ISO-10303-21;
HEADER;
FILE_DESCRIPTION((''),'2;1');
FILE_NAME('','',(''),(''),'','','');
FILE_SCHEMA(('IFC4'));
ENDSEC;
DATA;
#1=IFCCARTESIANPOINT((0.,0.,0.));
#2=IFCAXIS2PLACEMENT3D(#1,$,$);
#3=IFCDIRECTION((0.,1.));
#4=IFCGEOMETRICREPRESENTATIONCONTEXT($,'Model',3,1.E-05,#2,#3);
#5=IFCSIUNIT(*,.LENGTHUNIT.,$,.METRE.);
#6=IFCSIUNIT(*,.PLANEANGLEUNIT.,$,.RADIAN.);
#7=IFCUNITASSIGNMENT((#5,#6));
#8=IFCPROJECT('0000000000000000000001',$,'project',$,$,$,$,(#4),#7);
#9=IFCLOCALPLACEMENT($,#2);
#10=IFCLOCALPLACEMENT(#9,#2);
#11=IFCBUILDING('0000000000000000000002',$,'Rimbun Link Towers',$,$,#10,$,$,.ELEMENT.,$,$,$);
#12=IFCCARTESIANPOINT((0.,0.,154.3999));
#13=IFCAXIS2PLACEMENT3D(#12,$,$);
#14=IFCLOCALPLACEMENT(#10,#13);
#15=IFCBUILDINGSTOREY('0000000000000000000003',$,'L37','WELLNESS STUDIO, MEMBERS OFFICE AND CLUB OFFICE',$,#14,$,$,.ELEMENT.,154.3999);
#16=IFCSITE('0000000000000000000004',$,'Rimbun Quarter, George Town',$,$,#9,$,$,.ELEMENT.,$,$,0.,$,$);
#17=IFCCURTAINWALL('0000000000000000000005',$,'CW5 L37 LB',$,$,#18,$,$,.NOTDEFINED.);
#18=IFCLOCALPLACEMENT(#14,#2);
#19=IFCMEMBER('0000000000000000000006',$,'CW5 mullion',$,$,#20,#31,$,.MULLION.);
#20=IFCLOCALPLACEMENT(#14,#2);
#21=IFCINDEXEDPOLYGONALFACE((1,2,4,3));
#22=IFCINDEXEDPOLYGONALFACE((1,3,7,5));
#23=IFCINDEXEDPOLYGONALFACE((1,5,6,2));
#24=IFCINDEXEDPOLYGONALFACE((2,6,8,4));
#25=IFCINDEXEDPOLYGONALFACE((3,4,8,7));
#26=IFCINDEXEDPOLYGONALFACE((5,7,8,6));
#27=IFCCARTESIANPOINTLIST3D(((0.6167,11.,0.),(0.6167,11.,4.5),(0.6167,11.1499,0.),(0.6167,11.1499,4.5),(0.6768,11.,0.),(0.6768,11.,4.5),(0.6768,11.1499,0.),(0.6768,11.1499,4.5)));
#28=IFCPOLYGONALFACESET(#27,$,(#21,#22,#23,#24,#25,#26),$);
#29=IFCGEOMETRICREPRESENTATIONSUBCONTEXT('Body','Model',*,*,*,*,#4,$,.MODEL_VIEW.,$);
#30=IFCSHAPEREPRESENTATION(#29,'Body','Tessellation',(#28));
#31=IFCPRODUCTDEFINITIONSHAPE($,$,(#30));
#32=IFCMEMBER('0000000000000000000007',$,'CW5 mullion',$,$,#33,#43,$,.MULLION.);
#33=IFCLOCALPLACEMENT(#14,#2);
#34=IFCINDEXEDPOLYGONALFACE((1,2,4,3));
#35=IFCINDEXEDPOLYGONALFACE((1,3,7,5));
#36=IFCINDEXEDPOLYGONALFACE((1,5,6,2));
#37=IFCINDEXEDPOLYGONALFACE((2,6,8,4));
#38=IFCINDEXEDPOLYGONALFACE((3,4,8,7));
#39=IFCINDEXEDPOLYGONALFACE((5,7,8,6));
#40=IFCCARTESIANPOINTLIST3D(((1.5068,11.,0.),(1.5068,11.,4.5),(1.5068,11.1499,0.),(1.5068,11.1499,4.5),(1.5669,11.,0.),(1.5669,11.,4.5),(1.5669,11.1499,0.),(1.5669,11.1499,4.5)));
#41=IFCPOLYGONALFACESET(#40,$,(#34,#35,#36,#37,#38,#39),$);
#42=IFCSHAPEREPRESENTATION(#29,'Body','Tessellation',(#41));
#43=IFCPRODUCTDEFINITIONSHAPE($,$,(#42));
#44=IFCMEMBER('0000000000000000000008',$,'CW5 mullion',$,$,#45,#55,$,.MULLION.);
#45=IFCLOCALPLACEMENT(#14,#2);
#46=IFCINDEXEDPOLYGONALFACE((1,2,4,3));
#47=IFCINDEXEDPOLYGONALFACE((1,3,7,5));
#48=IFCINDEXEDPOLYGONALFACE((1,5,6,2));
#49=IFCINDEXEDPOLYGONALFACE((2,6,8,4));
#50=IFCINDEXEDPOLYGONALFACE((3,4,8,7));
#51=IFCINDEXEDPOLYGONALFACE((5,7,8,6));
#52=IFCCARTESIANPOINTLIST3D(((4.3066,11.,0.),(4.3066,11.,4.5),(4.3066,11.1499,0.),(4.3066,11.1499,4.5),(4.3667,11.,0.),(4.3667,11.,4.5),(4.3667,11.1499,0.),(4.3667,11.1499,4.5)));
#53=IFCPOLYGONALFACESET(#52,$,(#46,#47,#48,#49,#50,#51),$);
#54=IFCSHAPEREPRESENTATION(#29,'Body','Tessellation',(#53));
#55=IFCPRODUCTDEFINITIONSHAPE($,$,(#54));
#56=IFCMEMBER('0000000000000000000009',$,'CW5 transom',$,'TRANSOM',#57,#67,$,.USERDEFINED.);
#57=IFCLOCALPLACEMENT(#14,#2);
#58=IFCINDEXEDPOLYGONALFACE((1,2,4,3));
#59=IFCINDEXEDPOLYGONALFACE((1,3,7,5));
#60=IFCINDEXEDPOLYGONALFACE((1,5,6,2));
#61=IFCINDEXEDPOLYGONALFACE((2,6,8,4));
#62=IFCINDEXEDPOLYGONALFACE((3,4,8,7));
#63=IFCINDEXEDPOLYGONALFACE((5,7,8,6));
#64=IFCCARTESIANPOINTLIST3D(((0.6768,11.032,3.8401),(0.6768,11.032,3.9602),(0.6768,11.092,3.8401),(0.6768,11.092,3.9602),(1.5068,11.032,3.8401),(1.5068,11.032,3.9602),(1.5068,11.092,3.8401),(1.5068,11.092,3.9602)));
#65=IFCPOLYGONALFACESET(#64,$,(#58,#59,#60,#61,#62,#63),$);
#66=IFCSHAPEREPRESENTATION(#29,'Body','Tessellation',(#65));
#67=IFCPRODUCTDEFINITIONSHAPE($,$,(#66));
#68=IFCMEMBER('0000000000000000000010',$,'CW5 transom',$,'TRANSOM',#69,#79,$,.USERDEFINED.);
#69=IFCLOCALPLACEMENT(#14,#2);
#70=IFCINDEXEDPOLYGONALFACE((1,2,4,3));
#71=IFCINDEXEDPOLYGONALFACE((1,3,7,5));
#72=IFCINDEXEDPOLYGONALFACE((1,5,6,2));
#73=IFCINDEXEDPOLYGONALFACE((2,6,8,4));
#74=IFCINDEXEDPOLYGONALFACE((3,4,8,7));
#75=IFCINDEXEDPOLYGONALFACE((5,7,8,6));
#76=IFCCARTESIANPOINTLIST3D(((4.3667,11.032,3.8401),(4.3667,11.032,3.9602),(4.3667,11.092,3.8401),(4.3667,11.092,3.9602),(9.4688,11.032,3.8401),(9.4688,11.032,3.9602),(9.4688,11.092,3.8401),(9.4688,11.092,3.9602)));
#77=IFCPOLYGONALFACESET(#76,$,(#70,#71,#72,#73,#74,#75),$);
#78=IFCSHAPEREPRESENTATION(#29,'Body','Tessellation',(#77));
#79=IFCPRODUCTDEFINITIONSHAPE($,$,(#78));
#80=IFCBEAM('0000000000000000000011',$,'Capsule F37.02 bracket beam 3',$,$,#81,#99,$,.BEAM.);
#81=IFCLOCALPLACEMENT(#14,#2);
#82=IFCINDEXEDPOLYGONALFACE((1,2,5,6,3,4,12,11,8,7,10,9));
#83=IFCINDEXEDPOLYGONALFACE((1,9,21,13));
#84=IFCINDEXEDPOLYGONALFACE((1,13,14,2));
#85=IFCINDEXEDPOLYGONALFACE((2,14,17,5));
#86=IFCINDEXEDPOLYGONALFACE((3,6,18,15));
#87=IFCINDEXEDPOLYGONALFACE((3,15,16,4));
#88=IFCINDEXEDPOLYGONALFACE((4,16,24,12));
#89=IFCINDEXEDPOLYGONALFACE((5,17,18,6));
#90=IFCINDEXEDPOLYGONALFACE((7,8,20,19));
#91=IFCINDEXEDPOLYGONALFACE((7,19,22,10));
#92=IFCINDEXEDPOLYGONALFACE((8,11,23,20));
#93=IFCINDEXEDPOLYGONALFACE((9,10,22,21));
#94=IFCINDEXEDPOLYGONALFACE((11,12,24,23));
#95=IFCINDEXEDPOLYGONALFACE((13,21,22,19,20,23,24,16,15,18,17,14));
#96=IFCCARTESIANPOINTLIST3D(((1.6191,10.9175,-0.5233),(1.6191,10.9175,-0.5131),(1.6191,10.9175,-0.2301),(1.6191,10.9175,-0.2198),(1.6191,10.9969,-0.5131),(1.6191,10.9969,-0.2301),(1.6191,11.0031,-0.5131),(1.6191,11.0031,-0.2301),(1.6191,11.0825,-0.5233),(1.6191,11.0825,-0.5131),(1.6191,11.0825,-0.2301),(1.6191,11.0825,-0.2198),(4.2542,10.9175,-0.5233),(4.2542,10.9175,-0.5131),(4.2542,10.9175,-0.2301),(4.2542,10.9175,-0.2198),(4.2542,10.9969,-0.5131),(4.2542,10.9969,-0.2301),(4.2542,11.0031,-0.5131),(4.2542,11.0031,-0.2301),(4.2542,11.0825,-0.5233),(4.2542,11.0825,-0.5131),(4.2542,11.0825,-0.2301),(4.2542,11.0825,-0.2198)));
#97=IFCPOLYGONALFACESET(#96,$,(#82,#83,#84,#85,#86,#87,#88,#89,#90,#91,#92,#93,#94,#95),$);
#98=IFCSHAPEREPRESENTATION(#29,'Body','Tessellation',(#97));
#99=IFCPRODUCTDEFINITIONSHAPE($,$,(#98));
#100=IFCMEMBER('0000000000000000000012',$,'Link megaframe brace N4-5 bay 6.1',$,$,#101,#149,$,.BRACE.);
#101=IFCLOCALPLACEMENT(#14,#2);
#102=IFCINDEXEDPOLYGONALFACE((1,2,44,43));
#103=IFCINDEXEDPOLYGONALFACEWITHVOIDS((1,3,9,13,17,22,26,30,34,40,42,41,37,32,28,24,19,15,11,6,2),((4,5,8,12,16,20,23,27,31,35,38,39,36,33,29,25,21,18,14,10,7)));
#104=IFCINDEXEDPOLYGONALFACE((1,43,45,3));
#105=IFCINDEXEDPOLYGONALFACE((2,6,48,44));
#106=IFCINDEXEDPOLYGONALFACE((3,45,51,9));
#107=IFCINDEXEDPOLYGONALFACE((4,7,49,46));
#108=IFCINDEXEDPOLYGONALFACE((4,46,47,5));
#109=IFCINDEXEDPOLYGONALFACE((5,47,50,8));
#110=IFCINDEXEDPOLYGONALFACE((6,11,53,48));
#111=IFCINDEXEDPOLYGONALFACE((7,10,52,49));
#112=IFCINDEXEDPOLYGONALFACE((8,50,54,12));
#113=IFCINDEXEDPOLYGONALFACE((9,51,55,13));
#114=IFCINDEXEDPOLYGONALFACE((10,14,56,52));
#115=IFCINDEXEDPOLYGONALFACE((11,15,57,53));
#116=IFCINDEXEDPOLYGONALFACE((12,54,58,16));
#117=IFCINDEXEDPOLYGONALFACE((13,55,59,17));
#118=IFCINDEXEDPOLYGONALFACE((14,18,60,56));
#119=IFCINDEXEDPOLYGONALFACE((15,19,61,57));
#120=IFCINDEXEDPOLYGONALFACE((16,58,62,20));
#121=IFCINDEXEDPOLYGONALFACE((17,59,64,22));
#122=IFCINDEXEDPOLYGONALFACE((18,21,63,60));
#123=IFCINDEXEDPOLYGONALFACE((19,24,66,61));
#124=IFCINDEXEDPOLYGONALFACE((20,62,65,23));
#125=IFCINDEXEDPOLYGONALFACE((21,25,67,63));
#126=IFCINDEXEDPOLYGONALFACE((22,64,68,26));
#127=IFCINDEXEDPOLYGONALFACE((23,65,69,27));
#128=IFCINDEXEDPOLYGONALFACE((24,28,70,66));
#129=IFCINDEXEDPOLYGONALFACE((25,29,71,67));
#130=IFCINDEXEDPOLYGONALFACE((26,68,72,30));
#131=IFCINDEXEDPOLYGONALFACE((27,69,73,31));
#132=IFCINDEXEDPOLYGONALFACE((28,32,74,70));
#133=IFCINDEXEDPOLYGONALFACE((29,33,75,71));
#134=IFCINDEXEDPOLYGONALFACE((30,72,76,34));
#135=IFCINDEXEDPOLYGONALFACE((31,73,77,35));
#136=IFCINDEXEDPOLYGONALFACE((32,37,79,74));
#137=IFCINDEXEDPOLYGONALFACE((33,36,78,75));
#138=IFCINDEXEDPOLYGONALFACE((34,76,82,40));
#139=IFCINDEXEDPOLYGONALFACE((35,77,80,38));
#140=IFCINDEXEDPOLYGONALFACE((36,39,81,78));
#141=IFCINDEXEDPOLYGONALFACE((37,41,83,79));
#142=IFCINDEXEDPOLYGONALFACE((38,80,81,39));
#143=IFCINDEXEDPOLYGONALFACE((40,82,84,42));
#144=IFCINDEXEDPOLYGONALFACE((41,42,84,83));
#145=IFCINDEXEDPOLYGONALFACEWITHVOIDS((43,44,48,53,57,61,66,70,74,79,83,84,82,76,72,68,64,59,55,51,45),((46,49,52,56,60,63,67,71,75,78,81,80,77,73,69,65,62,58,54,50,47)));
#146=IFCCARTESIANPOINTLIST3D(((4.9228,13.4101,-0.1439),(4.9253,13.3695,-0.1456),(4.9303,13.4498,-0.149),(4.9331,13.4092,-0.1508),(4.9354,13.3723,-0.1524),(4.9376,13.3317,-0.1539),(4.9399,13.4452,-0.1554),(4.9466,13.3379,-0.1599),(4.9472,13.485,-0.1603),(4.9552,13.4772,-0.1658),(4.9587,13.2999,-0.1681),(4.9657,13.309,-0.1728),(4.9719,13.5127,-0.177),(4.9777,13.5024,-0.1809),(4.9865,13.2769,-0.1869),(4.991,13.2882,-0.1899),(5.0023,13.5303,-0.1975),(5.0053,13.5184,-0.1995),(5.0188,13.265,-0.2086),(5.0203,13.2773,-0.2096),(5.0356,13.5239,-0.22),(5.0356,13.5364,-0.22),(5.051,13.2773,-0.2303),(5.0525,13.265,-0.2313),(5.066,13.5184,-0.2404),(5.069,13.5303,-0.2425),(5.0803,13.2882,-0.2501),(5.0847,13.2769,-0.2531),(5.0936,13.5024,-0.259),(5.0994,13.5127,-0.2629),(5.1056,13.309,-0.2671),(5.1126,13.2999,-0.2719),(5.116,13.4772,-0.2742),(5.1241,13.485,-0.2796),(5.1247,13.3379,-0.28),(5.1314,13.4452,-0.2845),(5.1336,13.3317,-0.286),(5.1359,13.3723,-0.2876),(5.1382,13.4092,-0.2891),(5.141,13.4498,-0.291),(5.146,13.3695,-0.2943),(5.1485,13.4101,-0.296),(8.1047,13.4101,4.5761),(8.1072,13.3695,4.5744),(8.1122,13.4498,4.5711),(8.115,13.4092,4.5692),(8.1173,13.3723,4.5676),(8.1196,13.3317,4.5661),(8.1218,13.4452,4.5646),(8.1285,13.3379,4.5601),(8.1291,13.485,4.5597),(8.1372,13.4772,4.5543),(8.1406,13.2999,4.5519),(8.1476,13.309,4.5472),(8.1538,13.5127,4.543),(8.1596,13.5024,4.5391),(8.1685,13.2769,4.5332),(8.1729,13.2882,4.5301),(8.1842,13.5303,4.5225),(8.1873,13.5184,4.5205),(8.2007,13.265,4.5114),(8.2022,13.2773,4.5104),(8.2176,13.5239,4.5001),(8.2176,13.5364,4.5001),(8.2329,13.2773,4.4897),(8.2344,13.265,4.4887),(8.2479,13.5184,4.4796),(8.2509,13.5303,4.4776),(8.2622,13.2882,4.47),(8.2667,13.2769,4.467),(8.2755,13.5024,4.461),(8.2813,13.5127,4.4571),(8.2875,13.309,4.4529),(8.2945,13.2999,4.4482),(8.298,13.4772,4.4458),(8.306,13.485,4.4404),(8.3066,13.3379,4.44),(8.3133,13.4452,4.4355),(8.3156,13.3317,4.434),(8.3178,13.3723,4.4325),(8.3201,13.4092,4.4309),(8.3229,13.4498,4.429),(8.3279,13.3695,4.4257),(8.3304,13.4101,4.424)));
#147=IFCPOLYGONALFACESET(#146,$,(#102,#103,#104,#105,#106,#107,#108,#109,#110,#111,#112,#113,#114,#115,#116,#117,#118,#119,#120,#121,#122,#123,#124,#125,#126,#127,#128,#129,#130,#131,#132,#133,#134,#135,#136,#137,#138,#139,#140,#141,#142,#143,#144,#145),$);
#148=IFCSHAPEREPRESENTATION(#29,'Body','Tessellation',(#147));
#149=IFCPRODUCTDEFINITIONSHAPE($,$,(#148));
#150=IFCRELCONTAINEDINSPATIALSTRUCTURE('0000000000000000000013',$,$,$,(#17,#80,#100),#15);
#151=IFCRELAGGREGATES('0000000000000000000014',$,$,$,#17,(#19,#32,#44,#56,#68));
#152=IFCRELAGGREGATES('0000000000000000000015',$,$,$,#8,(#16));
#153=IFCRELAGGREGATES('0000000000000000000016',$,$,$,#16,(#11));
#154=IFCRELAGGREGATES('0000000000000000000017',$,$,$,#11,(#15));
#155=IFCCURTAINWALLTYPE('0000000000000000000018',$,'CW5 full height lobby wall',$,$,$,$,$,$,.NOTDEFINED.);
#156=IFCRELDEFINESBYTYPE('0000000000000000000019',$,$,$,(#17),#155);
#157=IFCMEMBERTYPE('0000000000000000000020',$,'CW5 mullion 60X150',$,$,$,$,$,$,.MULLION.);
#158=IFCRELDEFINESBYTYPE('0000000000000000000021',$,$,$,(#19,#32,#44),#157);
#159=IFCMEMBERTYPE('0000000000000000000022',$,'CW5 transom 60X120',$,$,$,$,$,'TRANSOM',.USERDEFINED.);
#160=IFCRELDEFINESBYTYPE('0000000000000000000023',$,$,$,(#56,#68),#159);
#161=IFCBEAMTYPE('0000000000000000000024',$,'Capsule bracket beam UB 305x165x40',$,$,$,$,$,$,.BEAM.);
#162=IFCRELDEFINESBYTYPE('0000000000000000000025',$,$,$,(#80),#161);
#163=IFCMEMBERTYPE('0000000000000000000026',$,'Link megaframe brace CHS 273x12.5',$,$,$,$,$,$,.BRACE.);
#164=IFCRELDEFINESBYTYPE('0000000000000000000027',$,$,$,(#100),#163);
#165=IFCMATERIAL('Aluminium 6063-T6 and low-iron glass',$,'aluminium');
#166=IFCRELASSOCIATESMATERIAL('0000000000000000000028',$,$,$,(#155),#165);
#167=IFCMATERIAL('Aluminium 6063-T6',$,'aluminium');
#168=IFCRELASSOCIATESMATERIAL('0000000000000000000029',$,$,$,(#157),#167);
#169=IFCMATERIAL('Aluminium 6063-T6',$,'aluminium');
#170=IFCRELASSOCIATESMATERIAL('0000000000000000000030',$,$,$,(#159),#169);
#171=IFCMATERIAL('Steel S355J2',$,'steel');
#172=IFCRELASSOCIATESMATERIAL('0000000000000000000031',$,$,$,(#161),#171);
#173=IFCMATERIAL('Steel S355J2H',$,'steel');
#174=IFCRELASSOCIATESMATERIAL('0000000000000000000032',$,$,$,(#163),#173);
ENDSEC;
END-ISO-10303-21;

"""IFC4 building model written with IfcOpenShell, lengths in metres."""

from ifc_helpers import new_model, si_unit, direction, frame, origin, origin_2d, place, context, subcontext, project, spatial, rectangle, hollow_circle, i_section, extrude, material, material_profile, profile_set, type_object, element, aggregate, save


model = new_model("IFC4")

# Units and contexts
model_context = context("Model", 3, precision=1e-05, world=origin(), true_north=direction((0.0, 1.0)))
body_context = subcontext(model_context, "Body", "Model", "MODEL_VIEW")
ifc_project = project(units=[si_unit("LENGTHUNIT", "METRE"), si_unit("PLANEANGLEUNIT", "RADIAN")], contexts=[model_context])

# Site, building, storey
site_placement = place(None, origin())
site = spatial("IfcSite", under=ifc_project, at=site_placement, Name="Rimbun Quarter, George Town", CompositionType="ELEMENT", RefElevation=0.0)
building_placement = place(site_placement, origin())
building = spatial("IfcBuilding", under=site, at=building_placement, Name="Rimbun Link Towers", CompositionType="ELEMENT")
storey_placement = place(building_placement, frame((0.0, 0.0, 154.3999)))
storey = spatial("IfcBuildingStorey", under=building, at=storey_placement, Name="L37", Description="WELLNESS STUDIO, MEMBERS OFFICE AND CLUB OFFICE", CompositionType="ELEMENT", Elevation=154.3999)

# Curtain wall, members
ifc_material_1 = material(Name="Aluminium 6063-T6 and low-iron glass", Category="aluminium")
curtain_wall_type = type_object("IfcCurtainWallType", Name="CW5 full height lobby wall", PredefinedType="NOTDEFINED", material=ifc_material_1)
curtain_wall_placement = place(storey_placement, origin())
curtain_wall = element("IfcCurtainWall", 1, at=curtain_wall_placement, inside=storey, type_object=curtain_wall_type, Name="CW5 L37 LB", PredefinedType="NOTDEFINED")
ifc_material_2 = material(Name="Aluminium 6063-T6", Category="aluminium")
ifc_material_profile_1 = material_profile(ifc_material_2, rectangle(XDim=0.1499, YDim=0.0601, at=origin_2d()), Name="MULLION 60X150")
ifc_profile_set_1 = profile_set([ifc_material_profile_1], Name="Aluminium 6063-T6")
member_type_1 = type_object("IfcMemberType", Name="CW5 mullion 60X150", PredefinedType="MULLION", material=ifc_profile_set_1)
member_1_placement = place(storey_placement, frame((0.6467, 11.075, 0.0), z_axis=(0.0, 0.0, 1.0), x_axis=(0.0, 1.0, 0.0)))
member_1 = element("IfcMember", 2, at=member_1_placement, type_object=member_type_1, Name="CW5 mullion", PredefinedType="MULLION", context=body_context, shape_type="SweptSolid", body=[
    extrude(rectangle(XDim=0.1499, YDim=0.0601, at=origin_2d()), origin(), (0.0, 0.0, 1.0), 4.5),
])
member_2_placement = place(storey_placement, frame((1.5369, 11.075, 0.0), z_axis=(0.0, 0.0, 1.0), x_axis=(0.0, 1.0, 0.0)))
member_2 = element("IfcMember", 3, at=member_2_placement, type_object=member_type_1, Name="CW5 mullion", PredefinedType="MULLION", context=body_context, shape_type="SweptSolid", body=[
    extrude(rectangle(XDim=0.1499, YDim=0.0601, at=origin_2d()), origin(), (0.0, 0.0, 1.0), 4.5),
])
member_3_placement = place(storey_placement, frame((4.3367, 11.075, 0.0), z_axis=(0.0, 0.0, 1.0), x_axis=(0.0, 1.0, 0.0)))
member_3 = element("IfcMember", 4, at=member_3_placement, type_object=member_type_1, Name="CW5 mullion", PredefinedType="MULLION", context=body_context, shape_type="SweptSolid", body=[
    extrude(rectangle(XDim=0.1499, YDim=0.0601, at=origin_2d()), origin(), (0.0, 0.0, 1.0), 4.5),
])
ifc_material_3 = material(Name="Aluminium 6063-T6", Category="aluminium")
ifc_material_profile_2 = material_profile(ifc_material_3, rectangle(XDim=0.0601, YDim=0.1201, at=origin_2d()), Name="TRANSOM 60X120")
ifc_profile_set_2 = profile_set([ifc_material_profile_2], Name="Aluminium 6063-T6")
member_type_2 = type_object("IfcMemberType", Name="CW5 transom 60X120", ElementType="TRANSOM", PredefinedType="USERDEFINED", material=ifc_profile_set_2)
member_4_placement = place(storey_placement, frame((0.6768, 11.062, 3.9001), z_axis=(1.0, 0.0, 0.0), x_axis=(0.0, 1.0, 0.0)))
member_4 = element("IfcMember", 5, at=member_4_placement, type_object=member_type_2, Name="CW5 transom", ObjectType="TRANSOM", PredefinedType="USERDEFINED", context=body_context, shape_type="SweptSolid", body=[
    extrude(rectangle(XDim=0.0601, YDim=0.1201, at=origin_2d()), origin(), (0.0, 0.0, 1.0), 0.8301),
])
member_5_placement = place(storey_placement, frame((4.3667, 11.062, 3.9001), z_axis=(1.0, 0.0, 0.0), x_axis=(0.0, 1.0, 0.0)))
member_5 = element("IfcMember", 6, at=member_5_placement, type_object=member_type_2, Name="CW5 transom", ObjectType="TRANSOM", PredefinedType="USERDEFINED", context=body_context, shape_type="SweptSolid", body=[
    extrude(rectangle(XDim=0.0601, YDim=0.1201, at=origin_2d()), origin(), (0.0, 0.0, 1.0), 5.1021),
])

# Beam
ifc_material_4 = material(Name="Steel S355J2", Category="steel")
ifc_material_profile_3 = material_profile(ifc_material_4, i_section(OverallWidth=0.165, OverallDepth=0.3035, WebThickness=0.0061, FlangeThickness=0.0103, at=origin_2d()), Name="UB 305x165x40")
ifc_profile_set_3 = profile_set([ifc_material_profile_3], Name="Steel S355J2")
beam_type_1 = type_object("IfcBeamType", Name="Capsule bracket beam UB 305x165x40", PredefinedType="BEAM", material=ifc_profile_set_3)
beam_placement = place(storey_placement, frame((1.6191, 11.0, -0.3716), z_axis=(1.0, 0.0, 0.0), x_axis=(0.0, 1.0, 0.0)))
element("IfcBeam", 7, at=beam_placement, inside=storey, type_object=beam_type_1, Name="Capsule F37.02 bracket beam 3", PredefinedType="BEAM", context=body_context, shape_type="SweptSolid", body=[
    extrude(i_section(OverallWidth=0.165, OverallDepth=0.3035, WebThickness=0.0061, FlangeThickness=0.0103, at=origin_2d()), origin(), (0.0, 0.0, 1.0), 2.635),
])

# Member
ifc_material_5 = material(Name="Steel S355J2H", Category="steel")
ifc_material_profile_4 = material_profile(ifc_material_5, hollow_circle(Radius=0.1365, WallThickness=0.0125, at=origin_2d()), Name="CHS 273x12.5")
ifc_profile_set_4 = profile_set([ifc_material_profile_4], Name="Steel S355J2H")
member_type_3 = type_object("IfcMemberType", Name="Link megaframe brace CHS 273x12.5", PredefinedType="BRACE", material=ifc_profile_set_4)
member_6_placement = place(storey_placement, frame((5.0356, 13.3999, -0.22), z_axis=(0.558978, 0.0, 0.829182), x_axis=(0.0, 1.0, 0.0)))
element("IfcMember", 8, at=member_6_placement, inside=storey, type_object=member_type_3, Name="Link megaframe brace N4-5 bay 6.1", PredefinedType="BRACE", context=body_context, shape_type="SweptSolid", body=[
    extrude(hollow_circle(Radius=0.1365, WallThickness=0.0125, at=origin_2d()), origin(), (0.0, 0.0, 1.0), 5.6924),
])

aggregate(curtain_wall, [member_1, member_2, member_3, member_4, member_5])

save(model, "model.ifc")
